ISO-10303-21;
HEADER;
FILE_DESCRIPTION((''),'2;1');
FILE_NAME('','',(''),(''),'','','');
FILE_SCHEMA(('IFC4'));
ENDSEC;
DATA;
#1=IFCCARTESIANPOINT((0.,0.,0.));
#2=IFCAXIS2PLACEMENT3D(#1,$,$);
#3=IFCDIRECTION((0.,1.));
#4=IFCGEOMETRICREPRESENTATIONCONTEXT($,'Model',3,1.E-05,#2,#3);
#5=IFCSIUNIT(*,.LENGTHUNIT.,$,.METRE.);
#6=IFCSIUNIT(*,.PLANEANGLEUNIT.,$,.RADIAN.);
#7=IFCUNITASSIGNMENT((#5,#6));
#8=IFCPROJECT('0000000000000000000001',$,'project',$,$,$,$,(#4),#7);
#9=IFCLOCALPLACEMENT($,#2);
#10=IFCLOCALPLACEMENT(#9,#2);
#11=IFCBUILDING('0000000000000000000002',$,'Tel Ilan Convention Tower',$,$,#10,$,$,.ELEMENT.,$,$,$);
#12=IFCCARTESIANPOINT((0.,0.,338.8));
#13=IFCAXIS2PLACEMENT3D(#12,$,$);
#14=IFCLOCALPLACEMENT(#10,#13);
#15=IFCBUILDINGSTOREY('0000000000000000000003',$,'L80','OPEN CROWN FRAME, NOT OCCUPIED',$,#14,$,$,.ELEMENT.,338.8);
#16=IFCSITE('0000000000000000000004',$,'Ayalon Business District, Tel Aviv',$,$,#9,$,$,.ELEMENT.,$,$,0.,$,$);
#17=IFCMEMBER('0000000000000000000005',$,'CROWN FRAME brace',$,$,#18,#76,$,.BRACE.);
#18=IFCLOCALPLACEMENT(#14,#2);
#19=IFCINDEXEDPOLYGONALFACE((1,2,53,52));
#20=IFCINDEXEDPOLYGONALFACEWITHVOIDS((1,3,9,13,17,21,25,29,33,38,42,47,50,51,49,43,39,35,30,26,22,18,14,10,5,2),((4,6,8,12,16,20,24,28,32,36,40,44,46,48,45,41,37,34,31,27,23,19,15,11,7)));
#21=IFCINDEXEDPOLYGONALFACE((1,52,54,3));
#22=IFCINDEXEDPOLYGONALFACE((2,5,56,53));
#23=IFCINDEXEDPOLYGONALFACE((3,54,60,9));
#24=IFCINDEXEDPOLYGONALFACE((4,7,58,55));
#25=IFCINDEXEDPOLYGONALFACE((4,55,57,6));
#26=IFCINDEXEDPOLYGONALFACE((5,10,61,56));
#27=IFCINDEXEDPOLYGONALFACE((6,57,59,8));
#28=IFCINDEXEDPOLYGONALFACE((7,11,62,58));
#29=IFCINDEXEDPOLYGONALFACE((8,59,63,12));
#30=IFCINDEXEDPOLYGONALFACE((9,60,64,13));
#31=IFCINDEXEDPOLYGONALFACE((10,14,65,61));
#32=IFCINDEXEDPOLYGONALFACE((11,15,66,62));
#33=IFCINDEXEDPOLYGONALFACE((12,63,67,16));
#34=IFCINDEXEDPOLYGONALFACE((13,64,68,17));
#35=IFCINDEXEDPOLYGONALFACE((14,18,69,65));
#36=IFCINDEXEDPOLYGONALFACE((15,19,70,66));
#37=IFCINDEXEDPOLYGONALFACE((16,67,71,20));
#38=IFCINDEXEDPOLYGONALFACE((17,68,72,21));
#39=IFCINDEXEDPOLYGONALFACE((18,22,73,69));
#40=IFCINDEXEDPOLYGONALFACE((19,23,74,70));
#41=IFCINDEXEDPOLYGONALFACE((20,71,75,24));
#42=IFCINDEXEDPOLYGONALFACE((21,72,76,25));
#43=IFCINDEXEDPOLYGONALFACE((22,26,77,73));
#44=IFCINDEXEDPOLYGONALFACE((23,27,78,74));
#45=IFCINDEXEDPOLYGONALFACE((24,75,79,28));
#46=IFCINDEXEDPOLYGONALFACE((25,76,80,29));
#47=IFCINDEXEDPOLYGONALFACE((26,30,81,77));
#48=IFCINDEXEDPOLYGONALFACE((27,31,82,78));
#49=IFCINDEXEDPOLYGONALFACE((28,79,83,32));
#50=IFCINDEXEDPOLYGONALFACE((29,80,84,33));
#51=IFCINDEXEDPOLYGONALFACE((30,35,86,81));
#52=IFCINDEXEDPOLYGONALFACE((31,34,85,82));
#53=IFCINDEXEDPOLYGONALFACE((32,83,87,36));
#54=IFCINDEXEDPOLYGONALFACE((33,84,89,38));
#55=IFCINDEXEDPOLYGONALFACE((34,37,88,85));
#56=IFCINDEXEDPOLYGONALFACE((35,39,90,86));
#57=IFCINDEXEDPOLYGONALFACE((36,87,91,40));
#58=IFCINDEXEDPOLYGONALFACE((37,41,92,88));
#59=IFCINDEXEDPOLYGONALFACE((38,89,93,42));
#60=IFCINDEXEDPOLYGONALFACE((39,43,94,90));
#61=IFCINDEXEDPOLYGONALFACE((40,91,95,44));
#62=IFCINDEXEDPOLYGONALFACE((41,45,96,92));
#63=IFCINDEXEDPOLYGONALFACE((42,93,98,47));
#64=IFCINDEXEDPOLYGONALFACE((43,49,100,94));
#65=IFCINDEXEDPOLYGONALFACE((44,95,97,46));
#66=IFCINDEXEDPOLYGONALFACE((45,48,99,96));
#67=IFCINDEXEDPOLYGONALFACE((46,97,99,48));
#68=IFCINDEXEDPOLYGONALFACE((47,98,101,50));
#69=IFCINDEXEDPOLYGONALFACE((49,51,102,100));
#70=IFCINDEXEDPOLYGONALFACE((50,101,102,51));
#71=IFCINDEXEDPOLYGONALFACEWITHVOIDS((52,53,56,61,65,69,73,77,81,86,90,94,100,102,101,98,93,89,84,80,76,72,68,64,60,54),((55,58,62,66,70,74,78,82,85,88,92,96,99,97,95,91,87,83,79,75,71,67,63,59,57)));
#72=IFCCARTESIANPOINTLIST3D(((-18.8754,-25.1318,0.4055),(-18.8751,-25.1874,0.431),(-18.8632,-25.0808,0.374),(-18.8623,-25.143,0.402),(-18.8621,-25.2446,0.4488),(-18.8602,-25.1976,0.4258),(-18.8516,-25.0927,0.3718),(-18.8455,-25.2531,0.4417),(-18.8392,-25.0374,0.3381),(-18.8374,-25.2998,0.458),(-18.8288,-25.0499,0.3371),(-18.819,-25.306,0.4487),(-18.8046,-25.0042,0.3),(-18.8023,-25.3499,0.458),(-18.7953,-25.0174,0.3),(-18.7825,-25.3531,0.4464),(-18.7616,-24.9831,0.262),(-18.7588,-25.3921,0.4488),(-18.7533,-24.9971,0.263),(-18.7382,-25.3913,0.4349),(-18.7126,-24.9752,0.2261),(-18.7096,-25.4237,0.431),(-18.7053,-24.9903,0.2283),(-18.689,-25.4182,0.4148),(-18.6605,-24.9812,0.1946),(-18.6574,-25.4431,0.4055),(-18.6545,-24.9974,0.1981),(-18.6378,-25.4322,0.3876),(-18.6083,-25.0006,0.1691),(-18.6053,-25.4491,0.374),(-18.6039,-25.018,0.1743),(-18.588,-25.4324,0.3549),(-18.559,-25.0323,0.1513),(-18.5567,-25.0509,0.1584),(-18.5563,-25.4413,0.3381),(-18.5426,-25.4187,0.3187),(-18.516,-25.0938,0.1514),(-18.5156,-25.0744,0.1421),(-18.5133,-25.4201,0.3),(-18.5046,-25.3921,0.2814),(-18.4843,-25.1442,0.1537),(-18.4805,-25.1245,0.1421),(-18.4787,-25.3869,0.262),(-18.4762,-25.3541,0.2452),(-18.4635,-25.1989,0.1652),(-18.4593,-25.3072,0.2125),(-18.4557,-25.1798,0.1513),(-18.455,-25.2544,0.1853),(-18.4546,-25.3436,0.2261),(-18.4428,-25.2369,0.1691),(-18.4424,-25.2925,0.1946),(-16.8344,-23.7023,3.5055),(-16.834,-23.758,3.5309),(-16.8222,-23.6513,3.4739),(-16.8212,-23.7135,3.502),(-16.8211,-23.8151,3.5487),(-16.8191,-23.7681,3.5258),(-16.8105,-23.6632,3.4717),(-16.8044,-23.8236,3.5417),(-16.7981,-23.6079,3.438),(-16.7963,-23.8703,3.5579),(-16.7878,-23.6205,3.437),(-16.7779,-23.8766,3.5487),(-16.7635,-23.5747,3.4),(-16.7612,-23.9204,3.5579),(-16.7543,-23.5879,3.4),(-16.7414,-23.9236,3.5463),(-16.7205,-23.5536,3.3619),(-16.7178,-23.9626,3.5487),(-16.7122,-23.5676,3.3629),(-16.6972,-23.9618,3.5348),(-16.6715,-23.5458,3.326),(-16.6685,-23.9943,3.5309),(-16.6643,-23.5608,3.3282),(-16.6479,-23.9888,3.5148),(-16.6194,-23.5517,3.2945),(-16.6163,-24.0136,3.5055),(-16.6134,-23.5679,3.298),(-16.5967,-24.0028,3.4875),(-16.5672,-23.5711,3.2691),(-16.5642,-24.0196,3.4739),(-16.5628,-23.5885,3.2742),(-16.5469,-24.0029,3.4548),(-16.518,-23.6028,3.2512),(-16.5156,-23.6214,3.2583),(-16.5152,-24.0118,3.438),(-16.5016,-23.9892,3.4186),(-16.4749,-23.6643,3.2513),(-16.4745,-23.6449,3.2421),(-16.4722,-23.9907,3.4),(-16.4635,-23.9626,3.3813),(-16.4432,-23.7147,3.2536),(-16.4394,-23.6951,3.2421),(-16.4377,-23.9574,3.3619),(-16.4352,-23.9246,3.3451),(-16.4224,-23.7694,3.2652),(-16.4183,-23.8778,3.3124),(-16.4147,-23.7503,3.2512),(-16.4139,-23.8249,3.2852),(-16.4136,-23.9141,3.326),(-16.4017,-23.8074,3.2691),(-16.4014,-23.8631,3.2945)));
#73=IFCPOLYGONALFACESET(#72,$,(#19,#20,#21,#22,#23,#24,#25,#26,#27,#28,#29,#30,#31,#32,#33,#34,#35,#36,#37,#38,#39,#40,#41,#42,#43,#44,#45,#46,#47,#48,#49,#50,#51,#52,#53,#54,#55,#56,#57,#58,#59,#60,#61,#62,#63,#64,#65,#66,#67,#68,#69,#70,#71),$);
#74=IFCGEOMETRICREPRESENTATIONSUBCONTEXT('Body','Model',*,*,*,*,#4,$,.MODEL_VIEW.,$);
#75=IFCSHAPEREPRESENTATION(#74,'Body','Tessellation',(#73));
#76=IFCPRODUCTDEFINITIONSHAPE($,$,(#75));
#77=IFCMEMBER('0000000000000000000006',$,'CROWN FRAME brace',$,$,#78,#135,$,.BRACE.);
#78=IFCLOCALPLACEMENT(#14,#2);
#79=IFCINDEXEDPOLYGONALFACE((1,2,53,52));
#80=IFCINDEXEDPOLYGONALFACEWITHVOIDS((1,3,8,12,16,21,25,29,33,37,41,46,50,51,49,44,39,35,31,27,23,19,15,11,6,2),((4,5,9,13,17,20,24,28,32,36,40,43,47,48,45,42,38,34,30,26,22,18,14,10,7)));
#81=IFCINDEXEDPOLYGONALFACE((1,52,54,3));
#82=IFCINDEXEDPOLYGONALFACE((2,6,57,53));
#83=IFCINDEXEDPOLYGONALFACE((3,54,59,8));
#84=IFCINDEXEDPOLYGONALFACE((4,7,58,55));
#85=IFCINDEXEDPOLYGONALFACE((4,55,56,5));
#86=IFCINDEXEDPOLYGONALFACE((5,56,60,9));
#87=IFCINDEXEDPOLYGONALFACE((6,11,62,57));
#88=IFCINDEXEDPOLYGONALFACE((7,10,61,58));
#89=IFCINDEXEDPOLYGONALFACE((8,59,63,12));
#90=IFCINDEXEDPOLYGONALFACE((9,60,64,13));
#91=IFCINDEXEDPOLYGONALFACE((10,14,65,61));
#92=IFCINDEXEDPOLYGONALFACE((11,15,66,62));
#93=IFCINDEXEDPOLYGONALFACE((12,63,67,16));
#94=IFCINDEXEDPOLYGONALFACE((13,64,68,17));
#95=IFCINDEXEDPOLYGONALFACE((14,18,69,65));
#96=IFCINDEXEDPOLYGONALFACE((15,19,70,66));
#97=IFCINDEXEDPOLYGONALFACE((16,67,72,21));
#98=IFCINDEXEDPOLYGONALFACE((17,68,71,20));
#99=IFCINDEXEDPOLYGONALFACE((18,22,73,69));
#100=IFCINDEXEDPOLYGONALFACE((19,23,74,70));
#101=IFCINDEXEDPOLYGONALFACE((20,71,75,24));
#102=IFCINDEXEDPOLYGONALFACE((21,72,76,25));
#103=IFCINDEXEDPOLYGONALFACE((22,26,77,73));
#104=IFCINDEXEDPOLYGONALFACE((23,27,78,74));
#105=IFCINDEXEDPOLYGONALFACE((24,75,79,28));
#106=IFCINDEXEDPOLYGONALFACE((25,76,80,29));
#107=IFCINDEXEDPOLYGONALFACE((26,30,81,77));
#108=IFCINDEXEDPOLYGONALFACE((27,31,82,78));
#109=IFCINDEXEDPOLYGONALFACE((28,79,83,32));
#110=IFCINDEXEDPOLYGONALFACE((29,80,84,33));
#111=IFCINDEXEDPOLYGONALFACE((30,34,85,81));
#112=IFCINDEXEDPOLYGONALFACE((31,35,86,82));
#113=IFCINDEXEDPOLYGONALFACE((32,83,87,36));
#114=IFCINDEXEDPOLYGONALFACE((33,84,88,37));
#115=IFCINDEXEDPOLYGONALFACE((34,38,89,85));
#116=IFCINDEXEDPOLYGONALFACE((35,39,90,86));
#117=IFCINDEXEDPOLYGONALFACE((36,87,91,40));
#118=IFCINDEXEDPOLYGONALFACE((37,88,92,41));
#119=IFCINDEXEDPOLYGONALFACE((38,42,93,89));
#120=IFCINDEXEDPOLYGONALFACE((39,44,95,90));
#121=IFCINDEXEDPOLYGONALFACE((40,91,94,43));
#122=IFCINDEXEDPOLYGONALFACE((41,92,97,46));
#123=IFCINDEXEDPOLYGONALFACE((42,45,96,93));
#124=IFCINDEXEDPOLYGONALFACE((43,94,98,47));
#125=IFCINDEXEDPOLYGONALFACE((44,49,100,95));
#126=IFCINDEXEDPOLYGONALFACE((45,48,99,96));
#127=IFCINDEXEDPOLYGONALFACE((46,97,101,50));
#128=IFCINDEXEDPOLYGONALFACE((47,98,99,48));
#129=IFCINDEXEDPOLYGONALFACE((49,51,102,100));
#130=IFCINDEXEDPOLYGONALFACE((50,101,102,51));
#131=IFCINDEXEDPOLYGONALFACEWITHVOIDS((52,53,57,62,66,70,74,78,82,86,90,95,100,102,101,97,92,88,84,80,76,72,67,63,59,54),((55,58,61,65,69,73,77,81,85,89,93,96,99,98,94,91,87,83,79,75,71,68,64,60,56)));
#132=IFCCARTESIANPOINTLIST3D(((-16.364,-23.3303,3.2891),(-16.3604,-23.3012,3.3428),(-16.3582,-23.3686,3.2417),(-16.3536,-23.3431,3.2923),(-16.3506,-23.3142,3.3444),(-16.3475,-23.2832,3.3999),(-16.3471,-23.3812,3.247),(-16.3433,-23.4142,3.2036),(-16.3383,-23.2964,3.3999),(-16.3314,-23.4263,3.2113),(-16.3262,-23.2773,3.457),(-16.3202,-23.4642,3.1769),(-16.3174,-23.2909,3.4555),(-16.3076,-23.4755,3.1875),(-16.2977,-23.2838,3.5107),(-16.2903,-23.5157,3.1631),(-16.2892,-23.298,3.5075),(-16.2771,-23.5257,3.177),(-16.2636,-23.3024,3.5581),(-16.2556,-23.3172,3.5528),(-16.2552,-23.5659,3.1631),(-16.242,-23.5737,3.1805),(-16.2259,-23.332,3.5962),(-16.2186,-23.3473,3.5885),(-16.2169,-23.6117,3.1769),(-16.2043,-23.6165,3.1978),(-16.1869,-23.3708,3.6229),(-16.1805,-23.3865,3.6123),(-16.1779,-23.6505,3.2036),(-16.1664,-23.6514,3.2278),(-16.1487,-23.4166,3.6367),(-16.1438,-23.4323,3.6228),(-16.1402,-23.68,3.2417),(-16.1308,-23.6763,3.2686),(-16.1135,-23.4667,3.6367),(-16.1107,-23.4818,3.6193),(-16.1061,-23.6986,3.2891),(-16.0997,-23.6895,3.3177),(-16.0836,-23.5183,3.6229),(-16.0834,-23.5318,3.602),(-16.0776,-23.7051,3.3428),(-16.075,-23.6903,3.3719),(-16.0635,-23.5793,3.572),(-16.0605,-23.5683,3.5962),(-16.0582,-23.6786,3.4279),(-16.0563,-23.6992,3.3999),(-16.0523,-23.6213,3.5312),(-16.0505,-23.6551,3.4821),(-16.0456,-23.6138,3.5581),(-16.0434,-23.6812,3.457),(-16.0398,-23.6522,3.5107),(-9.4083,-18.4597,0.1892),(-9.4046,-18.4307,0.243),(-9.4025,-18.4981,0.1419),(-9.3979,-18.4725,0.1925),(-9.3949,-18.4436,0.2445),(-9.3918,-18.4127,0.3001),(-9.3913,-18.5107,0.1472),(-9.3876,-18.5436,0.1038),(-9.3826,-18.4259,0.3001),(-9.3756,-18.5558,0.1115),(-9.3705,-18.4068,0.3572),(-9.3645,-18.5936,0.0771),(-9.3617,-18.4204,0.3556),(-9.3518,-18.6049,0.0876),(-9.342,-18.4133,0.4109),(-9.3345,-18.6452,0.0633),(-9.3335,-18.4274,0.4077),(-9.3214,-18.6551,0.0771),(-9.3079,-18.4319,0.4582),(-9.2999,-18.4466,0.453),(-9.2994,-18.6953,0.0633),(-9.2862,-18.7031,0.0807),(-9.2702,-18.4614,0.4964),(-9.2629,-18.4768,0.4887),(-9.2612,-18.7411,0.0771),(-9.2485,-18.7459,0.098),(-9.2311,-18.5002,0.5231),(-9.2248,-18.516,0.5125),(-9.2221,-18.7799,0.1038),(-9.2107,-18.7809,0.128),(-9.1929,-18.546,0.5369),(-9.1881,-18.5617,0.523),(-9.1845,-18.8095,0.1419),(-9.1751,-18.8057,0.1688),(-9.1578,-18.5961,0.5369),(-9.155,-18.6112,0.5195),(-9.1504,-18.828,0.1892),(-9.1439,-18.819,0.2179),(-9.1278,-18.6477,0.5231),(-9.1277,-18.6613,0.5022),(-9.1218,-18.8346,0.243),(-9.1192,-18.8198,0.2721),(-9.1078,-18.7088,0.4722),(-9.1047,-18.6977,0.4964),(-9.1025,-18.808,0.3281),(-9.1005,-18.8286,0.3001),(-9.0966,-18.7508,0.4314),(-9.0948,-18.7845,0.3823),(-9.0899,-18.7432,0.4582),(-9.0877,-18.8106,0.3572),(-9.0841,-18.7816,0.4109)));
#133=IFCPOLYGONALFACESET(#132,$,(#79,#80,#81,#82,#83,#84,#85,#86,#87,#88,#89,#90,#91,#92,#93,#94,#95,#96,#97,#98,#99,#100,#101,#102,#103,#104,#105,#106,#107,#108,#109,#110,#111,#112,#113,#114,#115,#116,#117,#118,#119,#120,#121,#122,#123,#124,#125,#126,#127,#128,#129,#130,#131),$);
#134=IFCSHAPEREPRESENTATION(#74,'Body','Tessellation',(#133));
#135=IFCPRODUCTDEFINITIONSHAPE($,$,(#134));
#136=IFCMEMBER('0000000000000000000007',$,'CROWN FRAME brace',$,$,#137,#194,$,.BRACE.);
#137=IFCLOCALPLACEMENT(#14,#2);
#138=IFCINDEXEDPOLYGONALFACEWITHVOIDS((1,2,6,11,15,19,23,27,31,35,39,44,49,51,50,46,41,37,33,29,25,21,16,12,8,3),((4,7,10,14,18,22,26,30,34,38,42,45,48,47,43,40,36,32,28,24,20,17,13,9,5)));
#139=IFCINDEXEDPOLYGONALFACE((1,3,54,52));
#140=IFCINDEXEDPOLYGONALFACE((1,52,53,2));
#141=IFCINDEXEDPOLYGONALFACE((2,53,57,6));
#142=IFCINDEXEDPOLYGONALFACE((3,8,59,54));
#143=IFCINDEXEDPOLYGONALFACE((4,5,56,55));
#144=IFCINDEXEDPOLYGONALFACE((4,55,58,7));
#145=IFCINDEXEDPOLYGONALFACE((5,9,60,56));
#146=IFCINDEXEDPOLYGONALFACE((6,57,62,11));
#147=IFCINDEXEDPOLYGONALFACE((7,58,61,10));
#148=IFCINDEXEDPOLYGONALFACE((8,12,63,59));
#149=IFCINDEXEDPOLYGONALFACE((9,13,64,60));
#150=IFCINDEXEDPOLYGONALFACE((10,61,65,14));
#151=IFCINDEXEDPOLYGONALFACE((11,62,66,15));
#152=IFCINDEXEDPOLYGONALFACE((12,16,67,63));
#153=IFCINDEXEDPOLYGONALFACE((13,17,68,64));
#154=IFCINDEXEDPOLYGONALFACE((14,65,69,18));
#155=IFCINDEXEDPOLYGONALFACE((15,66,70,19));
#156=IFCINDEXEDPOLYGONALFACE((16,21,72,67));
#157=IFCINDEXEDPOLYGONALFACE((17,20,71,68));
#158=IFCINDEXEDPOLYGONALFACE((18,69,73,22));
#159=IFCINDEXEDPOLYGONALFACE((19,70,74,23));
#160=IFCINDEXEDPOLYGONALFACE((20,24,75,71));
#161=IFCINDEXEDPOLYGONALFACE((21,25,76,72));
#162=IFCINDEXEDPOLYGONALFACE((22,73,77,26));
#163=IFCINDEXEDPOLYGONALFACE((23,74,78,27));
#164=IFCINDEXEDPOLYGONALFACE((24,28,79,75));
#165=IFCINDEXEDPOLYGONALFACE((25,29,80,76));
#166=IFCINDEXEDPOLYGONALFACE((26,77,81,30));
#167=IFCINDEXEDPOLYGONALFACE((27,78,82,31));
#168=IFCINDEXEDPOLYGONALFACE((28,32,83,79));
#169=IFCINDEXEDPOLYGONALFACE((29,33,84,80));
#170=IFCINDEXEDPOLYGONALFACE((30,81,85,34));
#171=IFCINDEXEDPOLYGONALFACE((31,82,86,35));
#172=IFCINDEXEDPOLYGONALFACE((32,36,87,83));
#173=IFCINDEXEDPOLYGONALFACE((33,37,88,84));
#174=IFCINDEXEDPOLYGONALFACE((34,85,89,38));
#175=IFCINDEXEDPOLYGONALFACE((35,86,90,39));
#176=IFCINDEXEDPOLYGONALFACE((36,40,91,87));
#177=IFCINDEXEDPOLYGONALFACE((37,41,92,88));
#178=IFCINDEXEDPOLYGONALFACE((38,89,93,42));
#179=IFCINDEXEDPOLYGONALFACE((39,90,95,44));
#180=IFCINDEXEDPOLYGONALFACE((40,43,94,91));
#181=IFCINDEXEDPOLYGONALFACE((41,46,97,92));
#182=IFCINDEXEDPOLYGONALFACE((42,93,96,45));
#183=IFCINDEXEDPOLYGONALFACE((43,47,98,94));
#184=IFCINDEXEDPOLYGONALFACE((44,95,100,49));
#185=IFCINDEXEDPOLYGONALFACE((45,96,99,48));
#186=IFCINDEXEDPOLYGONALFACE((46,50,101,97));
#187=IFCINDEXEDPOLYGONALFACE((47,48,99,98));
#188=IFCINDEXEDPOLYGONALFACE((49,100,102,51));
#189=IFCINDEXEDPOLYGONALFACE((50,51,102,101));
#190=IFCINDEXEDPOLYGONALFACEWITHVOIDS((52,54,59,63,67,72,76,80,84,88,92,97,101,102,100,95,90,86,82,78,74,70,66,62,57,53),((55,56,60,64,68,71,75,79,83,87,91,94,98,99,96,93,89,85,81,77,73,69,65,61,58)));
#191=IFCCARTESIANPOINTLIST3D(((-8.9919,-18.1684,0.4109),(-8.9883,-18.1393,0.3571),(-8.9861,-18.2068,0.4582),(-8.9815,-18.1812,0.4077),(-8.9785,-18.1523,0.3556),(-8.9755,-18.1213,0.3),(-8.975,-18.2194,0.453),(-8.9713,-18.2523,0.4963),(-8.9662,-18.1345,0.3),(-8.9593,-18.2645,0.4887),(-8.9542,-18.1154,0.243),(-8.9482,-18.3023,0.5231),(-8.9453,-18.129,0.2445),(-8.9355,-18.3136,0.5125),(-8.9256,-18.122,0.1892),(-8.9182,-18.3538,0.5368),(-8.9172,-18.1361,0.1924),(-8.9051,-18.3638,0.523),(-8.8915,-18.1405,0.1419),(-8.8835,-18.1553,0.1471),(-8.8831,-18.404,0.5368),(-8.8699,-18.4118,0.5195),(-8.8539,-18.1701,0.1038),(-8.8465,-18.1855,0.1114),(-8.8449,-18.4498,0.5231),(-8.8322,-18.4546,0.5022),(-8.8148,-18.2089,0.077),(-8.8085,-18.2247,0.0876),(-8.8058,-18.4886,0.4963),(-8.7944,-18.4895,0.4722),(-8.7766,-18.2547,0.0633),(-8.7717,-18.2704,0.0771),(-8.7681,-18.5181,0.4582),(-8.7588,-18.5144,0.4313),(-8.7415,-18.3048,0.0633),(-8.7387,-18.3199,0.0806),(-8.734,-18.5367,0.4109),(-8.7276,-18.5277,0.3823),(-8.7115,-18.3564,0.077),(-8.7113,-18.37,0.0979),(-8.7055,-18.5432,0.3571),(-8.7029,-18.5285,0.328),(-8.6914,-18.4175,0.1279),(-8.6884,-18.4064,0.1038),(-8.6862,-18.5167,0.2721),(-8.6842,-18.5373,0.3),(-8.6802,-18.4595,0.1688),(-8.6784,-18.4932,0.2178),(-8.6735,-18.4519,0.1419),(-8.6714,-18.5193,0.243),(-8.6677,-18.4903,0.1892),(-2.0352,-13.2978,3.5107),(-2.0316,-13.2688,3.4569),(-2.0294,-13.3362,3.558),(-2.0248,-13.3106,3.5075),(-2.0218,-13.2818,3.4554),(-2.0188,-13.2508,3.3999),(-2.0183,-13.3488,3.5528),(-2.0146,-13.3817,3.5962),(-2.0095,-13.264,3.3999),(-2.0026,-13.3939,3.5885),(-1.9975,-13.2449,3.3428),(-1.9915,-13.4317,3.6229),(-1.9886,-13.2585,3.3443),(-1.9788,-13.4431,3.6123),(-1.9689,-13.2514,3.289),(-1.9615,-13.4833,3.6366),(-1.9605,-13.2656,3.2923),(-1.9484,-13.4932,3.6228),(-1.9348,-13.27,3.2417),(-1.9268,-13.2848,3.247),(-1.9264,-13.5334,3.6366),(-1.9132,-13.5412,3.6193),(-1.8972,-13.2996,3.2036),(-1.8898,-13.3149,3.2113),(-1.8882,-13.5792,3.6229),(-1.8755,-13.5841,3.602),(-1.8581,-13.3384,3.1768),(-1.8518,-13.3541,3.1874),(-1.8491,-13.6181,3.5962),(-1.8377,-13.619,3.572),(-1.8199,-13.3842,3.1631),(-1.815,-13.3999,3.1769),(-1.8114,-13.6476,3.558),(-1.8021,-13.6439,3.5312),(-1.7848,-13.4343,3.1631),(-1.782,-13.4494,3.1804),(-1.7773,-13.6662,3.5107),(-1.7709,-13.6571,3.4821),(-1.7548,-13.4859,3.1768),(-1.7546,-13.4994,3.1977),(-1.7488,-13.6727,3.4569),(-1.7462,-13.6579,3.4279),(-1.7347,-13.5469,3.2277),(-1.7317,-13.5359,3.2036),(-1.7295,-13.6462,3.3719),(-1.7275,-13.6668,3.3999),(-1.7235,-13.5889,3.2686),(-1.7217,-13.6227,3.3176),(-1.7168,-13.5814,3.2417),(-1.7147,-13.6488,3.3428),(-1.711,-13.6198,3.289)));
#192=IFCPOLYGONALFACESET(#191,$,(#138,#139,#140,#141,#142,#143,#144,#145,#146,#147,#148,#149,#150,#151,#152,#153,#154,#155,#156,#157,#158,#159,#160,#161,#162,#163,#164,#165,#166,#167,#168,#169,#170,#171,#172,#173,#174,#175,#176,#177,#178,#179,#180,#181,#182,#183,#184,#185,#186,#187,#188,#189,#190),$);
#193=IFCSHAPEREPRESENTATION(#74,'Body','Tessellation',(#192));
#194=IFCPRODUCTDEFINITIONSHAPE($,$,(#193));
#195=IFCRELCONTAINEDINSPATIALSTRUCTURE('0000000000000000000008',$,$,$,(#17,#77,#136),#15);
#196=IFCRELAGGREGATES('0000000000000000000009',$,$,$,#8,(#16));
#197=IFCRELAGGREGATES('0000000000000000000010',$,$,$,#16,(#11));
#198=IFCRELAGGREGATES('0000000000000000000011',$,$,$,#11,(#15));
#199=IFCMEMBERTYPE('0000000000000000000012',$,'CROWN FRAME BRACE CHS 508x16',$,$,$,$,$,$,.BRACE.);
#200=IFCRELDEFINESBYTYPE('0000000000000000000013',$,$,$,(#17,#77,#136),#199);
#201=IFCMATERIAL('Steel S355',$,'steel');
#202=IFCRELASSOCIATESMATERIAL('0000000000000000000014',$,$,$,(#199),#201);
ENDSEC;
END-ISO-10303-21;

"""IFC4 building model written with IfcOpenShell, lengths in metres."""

from ifc_helpers import new_model, si_unit, direction, frame, origin, origin_2d, place, context, subcontext, project, spatial, hollow_circle, extrude, material, material_profile, profile_set, type_object, element, save


model = new_model("IFC4")

# Units and contexts
model_context = context("Model", 3, precision=1e-05, world=origin(), true_north=direction((0.0, 1.0)))
body_context = subcontext(model_context, "Body", "Model", "MODEL_VIEW")
ifc_project = project(units=[si_unit("LENGTHUNIT", "METRE"), si_unit("PLANEANGLEUNIT", "RADIAN")], contexts=[model_context])

# Site, building, storey
site_placement = place(None, origin())
site = spatial("IfcSite", under=ifc_project, at=site_placement, Name="Ayalon Business District, Tel Aviv", CompositionType="ELEMENT", RefElevation=0.0)
building_placement = place(site_placement, origin())
building = spatial("IfcBuilding", under=site, at=building_placement, Name="Tel Ilan Convention Tower", CompositionType="ELEMENT")
storey_placement = place(building_placement, frame((0.0, 0.0, 338.8)))
storey = spatial("IfcBuildingStorey", under=building, at=storey_placement, Name="L80", Description="OPEN CROWN FRAME, NOT OCCUPIED", CompositionType="ELEMENT", Elevation=338.8)

# Members
ifc_material_1 = material(Name="Steel S355", Category="steel")
ifc_material_profile_1 = material_profile(ifc_material_1, hollow_circle(Radius=0.2539, WallThickness=0.0161, at=origin_2d()), Name="CHS 508x16")
ifc_profile_set_1 = profile_set([ifc_material_profile_1], Name="Steel S355")
member_type_1 = type_object("IfcMemberType", Name="CROWN FRAME BRACE CHS 508x16", PredefinedType="BRACE", material=ifc_profile_set_1)
member_1_placement = place(storey_placement, frame((-18.6589, -25.2122, 0.3), z_axis=(0.513179, 0.359409, 0.779405), x_axis=(-0.57366, 0.819094, 0.0)))
element("IfcMember", 1, at=member_1_placement, inside=storey, type_object=member_type_1, Name="CROWN FRAME brace", PredefinedType="BRACE", context=body_context, shape_type="SweptSolid", body=[
    extrude(hollow_circle(Radius=0.2539, WallThickness=0.0161, at=origin_2d()), origin(), (0.0, 0.0, 1.0), 3.9773),
])
member_2_placement = place(storey_placement, frame((-16.2019, -23.4912, 3.3999), z_axis=(0.769478, 0.538805, -0.342918), x_axis=(-0.573584, 0.819147, 0.0)))
element("IfcMember", 2, at=member_2_placement, inside=storey, type_object=member_type_1, Name="CROWN FRAME brace", PredefinedType="BRACE", context=body_context, shape_type="SweptSolid", body=[
    extrude(hollow_circle(Radius=0.2539, WallThickness=0.0161, at=origin_2d()), origin(), (0.0, 0.0, 1.0), 9.0396),
])
member_3_placement = place(storey_placement, frame((-8.8298, -18.3293, 0.3), z_axis=(0.769522, 0.53876, 0.342889), x_axis=(-0.57353, 0.819185, 0.0)))
element("IfcMember", 3, at=member_3_placement, inside=storey, type_object=member_type_1, Name="CROWN FRAME brace", PredefinedType="BRACE", context=body_context, shape_type="SweptSolid", body=[
    extrude(hollow_circle(Radius=0.2539, WallThickness=0.0161, at=origin_2d()), origin(), (0.0, 0.0, 1.0), 9.0403),
])

save(model, "model.ifc")
